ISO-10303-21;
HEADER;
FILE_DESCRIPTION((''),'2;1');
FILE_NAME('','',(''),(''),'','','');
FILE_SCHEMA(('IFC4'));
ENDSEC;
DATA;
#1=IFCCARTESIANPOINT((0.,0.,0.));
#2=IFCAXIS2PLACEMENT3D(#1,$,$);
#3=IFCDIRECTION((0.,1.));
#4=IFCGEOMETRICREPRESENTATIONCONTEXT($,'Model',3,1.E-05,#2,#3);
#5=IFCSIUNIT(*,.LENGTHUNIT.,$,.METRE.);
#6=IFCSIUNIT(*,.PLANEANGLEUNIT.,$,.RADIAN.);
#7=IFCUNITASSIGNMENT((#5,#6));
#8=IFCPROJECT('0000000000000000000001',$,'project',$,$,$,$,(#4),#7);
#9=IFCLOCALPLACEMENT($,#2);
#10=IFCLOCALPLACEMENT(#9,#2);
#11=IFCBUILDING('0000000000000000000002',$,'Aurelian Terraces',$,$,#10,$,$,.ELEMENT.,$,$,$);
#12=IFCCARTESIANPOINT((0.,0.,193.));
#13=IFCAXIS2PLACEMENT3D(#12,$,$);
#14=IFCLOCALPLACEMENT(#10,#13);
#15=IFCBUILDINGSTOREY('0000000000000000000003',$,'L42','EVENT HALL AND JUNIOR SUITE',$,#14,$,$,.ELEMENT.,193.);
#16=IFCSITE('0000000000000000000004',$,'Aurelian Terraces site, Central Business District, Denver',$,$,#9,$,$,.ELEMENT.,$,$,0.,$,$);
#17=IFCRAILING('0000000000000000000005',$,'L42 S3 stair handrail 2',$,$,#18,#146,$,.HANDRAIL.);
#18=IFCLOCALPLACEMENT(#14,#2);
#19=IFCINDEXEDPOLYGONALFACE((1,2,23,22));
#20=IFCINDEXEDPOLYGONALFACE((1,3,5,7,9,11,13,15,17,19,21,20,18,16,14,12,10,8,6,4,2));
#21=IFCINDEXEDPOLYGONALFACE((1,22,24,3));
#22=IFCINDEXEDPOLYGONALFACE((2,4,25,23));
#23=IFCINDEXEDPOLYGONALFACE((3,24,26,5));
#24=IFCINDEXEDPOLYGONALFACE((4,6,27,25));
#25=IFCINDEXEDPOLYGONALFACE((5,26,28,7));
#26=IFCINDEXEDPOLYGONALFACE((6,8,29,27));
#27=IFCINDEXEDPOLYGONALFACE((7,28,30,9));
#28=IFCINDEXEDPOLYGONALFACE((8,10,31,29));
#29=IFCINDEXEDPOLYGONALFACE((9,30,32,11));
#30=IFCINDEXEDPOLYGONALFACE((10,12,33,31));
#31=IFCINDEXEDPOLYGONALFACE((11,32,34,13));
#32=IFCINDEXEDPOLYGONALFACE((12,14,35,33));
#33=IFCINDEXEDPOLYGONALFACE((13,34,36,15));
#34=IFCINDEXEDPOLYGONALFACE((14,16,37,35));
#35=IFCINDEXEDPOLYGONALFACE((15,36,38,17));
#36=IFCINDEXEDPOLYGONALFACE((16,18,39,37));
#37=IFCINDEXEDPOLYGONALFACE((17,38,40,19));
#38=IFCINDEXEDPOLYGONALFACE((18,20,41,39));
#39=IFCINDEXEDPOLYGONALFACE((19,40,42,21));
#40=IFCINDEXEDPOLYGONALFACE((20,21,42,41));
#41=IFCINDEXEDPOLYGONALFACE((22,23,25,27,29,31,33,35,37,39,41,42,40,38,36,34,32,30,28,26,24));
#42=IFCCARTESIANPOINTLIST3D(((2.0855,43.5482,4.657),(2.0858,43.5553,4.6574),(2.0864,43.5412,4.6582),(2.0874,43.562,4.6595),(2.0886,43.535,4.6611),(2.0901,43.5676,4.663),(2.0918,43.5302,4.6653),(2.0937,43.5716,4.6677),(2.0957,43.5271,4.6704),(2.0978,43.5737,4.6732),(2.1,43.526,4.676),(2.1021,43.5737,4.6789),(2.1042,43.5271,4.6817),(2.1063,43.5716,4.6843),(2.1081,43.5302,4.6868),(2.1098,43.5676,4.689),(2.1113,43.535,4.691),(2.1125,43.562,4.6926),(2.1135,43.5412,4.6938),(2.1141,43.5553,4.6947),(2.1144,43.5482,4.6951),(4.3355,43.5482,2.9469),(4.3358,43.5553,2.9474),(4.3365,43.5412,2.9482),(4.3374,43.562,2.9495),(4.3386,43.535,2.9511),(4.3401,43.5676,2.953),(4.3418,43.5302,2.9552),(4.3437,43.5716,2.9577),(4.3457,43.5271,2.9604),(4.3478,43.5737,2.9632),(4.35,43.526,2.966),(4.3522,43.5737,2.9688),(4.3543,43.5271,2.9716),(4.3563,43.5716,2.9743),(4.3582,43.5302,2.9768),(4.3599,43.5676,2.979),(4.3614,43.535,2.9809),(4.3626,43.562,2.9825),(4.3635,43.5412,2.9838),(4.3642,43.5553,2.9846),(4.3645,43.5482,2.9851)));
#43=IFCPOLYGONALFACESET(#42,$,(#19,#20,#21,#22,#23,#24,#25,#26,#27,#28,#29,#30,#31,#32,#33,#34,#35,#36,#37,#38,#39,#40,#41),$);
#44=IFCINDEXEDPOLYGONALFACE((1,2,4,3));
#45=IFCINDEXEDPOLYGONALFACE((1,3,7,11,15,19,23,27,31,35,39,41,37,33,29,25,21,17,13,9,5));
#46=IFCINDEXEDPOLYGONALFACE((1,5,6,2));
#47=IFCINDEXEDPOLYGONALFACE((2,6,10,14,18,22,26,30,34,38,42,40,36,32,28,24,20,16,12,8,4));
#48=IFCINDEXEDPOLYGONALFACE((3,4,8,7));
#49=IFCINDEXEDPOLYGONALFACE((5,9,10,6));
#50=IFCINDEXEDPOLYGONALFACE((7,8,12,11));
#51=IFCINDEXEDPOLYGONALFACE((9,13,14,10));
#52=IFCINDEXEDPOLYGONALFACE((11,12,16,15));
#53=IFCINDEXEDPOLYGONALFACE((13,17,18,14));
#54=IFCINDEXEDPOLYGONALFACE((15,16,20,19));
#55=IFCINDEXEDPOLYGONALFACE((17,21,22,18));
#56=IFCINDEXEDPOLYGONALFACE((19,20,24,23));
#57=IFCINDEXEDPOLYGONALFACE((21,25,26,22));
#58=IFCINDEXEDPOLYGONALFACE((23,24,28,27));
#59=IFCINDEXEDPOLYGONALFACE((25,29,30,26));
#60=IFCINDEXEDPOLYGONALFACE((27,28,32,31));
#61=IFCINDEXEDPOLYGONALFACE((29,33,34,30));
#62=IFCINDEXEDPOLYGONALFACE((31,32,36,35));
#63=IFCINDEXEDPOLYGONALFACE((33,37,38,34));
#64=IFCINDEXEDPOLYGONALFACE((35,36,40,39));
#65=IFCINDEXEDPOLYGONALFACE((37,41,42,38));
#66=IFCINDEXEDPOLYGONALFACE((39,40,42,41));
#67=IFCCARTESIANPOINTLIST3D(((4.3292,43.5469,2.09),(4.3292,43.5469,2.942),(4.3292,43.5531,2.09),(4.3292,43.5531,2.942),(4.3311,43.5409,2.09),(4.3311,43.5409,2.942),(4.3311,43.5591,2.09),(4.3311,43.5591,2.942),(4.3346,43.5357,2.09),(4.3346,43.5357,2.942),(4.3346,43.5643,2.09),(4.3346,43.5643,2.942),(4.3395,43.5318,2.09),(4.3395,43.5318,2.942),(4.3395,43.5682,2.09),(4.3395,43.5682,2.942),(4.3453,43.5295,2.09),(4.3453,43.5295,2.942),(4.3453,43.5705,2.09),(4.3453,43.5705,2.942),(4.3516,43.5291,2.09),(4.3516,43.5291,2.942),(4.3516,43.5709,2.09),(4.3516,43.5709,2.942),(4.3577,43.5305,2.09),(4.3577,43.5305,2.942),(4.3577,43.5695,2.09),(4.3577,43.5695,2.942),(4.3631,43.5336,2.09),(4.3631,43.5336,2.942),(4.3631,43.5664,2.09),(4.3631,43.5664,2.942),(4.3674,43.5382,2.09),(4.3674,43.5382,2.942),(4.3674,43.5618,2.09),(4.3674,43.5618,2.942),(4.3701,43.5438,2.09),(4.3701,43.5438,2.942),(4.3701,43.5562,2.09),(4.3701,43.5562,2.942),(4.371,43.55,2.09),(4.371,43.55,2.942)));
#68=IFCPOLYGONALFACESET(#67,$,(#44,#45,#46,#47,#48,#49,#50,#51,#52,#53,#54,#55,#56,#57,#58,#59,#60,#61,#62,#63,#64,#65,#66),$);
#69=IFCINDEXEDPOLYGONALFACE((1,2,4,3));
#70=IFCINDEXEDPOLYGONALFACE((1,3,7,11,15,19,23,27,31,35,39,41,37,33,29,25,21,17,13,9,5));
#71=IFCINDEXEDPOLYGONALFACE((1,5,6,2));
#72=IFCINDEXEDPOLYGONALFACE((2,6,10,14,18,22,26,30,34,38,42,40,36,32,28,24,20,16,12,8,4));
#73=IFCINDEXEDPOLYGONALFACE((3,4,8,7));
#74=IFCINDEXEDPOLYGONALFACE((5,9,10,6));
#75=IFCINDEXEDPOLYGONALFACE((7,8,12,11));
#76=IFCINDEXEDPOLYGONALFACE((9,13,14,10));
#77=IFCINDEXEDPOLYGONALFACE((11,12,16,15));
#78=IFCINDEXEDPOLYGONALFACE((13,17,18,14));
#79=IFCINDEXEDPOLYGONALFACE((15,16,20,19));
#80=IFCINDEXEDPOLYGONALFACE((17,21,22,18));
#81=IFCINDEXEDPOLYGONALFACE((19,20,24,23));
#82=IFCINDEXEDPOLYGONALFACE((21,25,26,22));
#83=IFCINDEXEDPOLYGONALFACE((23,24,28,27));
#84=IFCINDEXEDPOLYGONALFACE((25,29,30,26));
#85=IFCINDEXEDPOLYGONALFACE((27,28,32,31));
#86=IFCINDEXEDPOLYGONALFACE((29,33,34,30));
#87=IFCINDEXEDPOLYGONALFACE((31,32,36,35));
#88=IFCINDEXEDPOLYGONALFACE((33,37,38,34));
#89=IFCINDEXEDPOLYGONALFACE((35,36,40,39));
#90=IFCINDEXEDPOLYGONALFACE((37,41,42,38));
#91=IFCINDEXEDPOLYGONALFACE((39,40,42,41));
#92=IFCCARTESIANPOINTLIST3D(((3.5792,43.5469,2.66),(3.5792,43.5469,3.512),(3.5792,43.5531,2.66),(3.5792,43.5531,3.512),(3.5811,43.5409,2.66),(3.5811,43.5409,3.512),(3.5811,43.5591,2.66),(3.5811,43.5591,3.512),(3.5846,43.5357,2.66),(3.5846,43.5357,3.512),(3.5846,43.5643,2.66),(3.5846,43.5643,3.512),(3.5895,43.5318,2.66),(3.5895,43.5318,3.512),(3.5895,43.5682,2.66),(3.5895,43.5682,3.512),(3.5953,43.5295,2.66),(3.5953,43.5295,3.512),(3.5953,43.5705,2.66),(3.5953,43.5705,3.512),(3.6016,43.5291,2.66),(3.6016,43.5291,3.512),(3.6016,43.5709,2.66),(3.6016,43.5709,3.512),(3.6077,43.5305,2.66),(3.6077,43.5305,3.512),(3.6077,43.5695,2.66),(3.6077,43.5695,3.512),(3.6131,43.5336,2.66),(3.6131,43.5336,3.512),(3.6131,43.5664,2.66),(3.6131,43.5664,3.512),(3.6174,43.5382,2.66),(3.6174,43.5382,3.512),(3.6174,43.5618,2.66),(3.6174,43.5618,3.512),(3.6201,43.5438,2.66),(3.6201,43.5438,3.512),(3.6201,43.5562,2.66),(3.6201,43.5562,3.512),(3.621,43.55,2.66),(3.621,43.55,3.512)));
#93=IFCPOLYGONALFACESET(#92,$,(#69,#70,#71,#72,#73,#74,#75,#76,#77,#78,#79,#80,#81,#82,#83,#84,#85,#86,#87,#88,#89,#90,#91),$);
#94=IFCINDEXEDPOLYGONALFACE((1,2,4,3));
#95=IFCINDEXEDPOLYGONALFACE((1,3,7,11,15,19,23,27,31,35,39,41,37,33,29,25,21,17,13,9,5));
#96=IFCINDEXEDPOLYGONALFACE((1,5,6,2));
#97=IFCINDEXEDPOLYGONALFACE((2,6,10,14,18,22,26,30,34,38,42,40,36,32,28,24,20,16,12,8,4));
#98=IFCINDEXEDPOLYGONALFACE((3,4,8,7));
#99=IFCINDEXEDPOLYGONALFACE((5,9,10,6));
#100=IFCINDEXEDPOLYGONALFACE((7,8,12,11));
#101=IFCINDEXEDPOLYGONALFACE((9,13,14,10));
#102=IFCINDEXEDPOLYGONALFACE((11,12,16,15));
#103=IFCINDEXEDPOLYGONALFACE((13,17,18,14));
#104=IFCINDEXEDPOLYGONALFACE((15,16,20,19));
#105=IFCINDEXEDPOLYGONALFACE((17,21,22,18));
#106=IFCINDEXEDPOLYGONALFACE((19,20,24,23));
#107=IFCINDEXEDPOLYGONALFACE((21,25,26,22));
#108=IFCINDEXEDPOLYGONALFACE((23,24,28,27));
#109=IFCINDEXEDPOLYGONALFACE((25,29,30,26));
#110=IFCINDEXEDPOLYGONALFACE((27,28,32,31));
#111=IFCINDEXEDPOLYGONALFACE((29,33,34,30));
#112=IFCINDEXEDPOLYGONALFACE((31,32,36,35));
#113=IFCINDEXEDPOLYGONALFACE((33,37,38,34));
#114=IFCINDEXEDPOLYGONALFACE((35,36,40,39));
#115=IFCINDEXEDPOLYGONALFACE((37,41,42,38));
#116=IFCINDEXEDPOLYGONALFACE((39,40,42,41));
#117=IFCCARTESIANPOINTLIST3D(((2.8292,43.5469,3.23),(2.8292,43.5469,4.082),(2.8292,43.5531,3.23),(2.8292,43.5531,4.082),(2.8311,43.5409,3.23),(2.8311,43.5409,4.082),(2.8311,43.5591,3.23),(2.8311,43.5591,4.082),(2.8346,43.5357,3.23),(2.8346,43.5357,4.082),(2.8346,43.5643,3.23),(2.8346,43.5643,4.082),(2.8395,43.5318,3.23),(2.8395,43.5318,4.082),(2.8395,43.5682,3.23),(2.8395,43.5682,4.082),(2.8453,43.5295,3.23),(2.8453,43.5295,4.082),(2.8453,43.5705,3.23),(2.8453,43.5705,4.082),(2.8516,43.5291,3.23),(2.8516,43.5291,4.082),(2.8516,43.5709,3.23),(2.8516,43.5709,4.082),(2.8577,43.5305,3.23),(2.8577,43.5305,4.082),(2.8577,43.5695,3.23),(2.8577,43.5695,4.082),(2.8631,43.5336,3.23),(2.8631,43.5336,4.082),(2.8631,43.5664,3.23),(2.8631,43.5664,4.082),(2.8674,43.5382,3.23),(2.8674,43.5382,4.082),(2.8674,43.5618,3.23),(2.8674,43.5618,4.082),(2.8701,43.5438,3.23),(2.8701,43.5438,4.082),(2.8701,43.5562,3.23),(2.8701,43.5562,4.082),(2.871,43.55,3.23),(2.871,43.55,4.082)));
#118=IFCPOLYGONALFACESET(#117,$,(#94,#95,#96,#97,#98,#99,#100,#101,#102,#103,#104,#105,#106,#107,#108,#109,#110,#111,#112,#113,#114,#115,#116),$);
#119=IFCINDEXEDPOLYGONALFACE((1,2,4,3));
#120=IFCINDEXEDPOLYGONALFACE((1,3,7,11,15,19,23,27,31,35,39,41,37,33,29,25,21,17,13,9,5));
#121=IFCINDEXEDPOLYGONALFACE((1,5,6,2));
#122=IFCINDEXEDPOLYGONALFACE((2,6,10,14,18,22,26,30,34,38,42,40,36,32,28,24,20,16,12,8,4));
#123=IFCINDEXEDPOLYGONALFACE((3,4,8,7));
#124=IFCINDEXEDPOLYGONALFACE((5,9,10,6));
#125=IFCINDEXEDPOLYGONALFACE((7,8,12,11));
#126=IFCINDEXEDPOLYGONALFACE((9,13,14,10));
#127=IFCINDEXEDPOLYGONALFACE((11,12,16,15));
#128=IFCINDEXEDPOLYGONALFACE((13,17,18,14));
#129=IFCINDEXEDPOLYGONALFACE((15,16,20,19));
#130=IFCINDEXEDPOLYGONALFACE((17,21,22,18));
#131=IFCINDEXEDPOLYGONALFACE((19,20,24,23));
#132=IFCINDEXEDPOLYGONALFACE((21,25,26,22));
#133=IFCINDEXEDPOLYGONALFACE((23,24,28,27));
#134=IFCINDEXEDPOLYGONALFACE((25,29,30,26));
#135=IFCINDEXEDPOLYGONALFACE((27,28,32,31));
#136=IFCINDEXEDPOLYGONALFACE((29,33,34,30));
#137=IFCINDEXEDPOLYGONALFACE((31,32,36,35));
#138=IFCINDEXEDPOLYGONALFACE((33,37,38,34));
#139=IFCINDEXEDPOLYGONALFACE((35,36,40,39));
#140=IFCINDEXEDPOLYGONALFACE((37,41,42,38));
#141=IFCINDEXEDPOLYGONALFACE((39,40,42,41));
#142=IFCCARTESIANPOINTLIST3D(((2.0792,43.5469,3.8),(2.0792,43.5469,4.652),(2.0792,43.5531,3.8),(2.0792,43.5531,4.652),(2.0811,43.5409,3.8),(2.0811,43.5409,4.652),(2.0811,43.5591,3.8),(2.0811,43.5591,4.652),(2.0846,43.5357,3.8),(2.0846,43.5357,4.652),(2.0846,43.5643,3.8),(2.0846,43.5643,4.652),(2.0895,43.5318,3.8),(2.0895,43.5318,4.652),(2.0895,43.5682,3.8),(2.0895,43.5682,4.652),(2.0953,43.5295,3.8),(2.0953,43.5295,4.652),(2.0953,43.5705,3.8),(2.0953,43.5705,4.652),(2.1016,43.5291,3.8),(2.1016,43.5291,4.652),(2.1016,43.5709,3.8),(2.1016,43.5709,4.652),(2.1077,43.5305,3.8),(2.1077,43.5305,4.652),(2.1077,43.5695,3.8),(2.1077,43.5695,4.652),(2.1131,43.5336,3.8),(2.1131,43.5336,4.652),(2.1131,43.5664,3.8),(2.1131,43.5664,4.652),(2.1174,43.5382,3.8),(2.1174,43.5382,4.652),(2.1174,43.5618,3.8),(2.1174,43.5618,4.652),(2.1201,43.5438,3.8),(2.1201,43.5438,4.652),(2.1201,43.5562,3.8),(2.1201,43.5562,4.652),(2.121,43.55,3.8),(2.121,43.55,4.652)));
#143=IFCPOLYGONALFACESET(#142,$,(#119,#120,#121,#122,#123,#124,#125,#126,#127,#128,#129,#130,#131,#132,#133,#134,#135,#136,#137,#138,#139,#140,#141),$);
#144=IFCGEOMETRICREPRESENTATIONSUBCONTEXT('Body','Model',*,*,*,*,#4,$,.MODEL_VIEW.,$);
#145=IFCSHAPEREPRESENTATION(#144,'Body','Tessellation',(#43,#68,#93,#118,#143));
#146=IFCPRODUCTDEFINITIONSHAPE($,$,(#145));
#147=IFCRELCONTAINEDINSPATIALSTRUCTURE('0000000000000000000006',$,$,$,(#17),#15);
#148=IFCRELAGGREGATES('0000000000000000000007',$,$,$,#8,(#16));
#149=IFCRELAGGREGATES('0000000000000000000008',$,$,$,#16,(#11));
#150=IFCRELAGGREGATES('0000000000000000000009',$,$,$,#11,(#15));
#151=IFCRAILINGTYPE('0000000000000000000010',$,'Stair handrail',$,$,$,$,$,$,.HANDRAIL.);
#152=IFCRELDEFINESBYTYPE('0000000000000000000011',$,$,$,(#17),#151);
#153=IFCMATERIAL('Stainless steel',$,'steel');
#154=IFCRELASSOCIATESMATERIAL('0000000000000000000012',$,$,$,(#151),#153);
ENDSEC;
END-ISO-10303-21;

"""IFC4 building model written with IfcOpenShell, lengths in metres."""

from ifc_helpers import new_model, si_unit, direction, frame, origin, origin_2d, place, context, subcontext, project, spatial, circle, extrude, source, transform, mapped, material, type_object, element, save


model = new_model("IFC4")

# Units and contexts
model_context = context("Model", 3, precision=1e-05, world=origin(), true_north=direction((0.0, 1.0)))
body_context = subcontext(model_context, "Body", "Model", "MODEL_VIEW")
ifc_project = project(units=[si_unit("LENGTHUNIT", "METRE"), si_unit("PLANEANGLEUNIT", "RADIAN")], contexts=[model_context])

# Site, building, storey
site_placement = place(None, origin())
site = spatial("IfcSite", under=ifc_project, at=site_placement, Name="Aurelian Terraces site, Central Business District, Denver", CompositionType="ELEMENT", RefElevation=0.0)
building_placement = place(site_placement, origin())
building = spatial("IfcBuilding", under=site, at=building_placement, Name="Aurelian Terraces", CompositionType="ELEMENT")
storey_placement = place(building_placement, frame((0.0, 0.0, 193.0)))
storey = spatial("IfcBuildingStorey", under=building, at=storey_placement, Name="L42", Description="EVENT HALL AND JUNIOR SUITE", CompositionType="ELEMENT", Elevation=193.0)

# Railing
ifc_material_1 = material(Name="Stainless steel", Category="steel")
railing_type_1 = type_object("IfcRailingType", Name="Stair handrail", PredefinedType="HANDRAIL", material=ifc_material_1)
shared_shape_1 = source(origin(), body_context, "Body", "SweptSolid", [
    extrude(circle(Radius=0.024, at=origin_2d()), frame((0.0, 0.0, 0.876), z_axis=(-0.796162, 0.0, 0.605083), x_axis=(0.0, -1.0, 0.0)), (0.0, 0.0, 1.0), 2.8261),
    extrude(circle(Radius=0.021, at=origin_2d()), origin(), (0.0, 0.0, 1.0), 0.852),
    extrude(circle(Radius=0.021, at=origin_2d()), frame((-0.75, 0.0, 0.57)), (0.0, 0.0, 1.0), 0.852),
    extrude(circle(Radius=0.021, at=origin_2d()), frame((-1.5, 0.0, 1.14)), (0.0, 0.0, 1.0), 0.852),
    extrude(circle(Radius=0.021, at=origin_2d()), frame((-2.25, 0.0, 1.71)), (0.0, 0.0, 1.0), 0.852),
])
railing_1_placement = place(storey_placement, frame((4.35, 43.55, 2.09)))
element("IfcRailing", 1, at=railing_1_placement, inside=storey, type_object=railing_type_1, Name="L42 S3 stair handrail 2", PredefinedType="HANDRAIL", context=body_context, shape_type="MappedRepresentation", body=[
    mapped(shared_shape_1, transform((0.0, 0.0, 0.0), scale=1.0)),
])

save(model, "model.ifc")
